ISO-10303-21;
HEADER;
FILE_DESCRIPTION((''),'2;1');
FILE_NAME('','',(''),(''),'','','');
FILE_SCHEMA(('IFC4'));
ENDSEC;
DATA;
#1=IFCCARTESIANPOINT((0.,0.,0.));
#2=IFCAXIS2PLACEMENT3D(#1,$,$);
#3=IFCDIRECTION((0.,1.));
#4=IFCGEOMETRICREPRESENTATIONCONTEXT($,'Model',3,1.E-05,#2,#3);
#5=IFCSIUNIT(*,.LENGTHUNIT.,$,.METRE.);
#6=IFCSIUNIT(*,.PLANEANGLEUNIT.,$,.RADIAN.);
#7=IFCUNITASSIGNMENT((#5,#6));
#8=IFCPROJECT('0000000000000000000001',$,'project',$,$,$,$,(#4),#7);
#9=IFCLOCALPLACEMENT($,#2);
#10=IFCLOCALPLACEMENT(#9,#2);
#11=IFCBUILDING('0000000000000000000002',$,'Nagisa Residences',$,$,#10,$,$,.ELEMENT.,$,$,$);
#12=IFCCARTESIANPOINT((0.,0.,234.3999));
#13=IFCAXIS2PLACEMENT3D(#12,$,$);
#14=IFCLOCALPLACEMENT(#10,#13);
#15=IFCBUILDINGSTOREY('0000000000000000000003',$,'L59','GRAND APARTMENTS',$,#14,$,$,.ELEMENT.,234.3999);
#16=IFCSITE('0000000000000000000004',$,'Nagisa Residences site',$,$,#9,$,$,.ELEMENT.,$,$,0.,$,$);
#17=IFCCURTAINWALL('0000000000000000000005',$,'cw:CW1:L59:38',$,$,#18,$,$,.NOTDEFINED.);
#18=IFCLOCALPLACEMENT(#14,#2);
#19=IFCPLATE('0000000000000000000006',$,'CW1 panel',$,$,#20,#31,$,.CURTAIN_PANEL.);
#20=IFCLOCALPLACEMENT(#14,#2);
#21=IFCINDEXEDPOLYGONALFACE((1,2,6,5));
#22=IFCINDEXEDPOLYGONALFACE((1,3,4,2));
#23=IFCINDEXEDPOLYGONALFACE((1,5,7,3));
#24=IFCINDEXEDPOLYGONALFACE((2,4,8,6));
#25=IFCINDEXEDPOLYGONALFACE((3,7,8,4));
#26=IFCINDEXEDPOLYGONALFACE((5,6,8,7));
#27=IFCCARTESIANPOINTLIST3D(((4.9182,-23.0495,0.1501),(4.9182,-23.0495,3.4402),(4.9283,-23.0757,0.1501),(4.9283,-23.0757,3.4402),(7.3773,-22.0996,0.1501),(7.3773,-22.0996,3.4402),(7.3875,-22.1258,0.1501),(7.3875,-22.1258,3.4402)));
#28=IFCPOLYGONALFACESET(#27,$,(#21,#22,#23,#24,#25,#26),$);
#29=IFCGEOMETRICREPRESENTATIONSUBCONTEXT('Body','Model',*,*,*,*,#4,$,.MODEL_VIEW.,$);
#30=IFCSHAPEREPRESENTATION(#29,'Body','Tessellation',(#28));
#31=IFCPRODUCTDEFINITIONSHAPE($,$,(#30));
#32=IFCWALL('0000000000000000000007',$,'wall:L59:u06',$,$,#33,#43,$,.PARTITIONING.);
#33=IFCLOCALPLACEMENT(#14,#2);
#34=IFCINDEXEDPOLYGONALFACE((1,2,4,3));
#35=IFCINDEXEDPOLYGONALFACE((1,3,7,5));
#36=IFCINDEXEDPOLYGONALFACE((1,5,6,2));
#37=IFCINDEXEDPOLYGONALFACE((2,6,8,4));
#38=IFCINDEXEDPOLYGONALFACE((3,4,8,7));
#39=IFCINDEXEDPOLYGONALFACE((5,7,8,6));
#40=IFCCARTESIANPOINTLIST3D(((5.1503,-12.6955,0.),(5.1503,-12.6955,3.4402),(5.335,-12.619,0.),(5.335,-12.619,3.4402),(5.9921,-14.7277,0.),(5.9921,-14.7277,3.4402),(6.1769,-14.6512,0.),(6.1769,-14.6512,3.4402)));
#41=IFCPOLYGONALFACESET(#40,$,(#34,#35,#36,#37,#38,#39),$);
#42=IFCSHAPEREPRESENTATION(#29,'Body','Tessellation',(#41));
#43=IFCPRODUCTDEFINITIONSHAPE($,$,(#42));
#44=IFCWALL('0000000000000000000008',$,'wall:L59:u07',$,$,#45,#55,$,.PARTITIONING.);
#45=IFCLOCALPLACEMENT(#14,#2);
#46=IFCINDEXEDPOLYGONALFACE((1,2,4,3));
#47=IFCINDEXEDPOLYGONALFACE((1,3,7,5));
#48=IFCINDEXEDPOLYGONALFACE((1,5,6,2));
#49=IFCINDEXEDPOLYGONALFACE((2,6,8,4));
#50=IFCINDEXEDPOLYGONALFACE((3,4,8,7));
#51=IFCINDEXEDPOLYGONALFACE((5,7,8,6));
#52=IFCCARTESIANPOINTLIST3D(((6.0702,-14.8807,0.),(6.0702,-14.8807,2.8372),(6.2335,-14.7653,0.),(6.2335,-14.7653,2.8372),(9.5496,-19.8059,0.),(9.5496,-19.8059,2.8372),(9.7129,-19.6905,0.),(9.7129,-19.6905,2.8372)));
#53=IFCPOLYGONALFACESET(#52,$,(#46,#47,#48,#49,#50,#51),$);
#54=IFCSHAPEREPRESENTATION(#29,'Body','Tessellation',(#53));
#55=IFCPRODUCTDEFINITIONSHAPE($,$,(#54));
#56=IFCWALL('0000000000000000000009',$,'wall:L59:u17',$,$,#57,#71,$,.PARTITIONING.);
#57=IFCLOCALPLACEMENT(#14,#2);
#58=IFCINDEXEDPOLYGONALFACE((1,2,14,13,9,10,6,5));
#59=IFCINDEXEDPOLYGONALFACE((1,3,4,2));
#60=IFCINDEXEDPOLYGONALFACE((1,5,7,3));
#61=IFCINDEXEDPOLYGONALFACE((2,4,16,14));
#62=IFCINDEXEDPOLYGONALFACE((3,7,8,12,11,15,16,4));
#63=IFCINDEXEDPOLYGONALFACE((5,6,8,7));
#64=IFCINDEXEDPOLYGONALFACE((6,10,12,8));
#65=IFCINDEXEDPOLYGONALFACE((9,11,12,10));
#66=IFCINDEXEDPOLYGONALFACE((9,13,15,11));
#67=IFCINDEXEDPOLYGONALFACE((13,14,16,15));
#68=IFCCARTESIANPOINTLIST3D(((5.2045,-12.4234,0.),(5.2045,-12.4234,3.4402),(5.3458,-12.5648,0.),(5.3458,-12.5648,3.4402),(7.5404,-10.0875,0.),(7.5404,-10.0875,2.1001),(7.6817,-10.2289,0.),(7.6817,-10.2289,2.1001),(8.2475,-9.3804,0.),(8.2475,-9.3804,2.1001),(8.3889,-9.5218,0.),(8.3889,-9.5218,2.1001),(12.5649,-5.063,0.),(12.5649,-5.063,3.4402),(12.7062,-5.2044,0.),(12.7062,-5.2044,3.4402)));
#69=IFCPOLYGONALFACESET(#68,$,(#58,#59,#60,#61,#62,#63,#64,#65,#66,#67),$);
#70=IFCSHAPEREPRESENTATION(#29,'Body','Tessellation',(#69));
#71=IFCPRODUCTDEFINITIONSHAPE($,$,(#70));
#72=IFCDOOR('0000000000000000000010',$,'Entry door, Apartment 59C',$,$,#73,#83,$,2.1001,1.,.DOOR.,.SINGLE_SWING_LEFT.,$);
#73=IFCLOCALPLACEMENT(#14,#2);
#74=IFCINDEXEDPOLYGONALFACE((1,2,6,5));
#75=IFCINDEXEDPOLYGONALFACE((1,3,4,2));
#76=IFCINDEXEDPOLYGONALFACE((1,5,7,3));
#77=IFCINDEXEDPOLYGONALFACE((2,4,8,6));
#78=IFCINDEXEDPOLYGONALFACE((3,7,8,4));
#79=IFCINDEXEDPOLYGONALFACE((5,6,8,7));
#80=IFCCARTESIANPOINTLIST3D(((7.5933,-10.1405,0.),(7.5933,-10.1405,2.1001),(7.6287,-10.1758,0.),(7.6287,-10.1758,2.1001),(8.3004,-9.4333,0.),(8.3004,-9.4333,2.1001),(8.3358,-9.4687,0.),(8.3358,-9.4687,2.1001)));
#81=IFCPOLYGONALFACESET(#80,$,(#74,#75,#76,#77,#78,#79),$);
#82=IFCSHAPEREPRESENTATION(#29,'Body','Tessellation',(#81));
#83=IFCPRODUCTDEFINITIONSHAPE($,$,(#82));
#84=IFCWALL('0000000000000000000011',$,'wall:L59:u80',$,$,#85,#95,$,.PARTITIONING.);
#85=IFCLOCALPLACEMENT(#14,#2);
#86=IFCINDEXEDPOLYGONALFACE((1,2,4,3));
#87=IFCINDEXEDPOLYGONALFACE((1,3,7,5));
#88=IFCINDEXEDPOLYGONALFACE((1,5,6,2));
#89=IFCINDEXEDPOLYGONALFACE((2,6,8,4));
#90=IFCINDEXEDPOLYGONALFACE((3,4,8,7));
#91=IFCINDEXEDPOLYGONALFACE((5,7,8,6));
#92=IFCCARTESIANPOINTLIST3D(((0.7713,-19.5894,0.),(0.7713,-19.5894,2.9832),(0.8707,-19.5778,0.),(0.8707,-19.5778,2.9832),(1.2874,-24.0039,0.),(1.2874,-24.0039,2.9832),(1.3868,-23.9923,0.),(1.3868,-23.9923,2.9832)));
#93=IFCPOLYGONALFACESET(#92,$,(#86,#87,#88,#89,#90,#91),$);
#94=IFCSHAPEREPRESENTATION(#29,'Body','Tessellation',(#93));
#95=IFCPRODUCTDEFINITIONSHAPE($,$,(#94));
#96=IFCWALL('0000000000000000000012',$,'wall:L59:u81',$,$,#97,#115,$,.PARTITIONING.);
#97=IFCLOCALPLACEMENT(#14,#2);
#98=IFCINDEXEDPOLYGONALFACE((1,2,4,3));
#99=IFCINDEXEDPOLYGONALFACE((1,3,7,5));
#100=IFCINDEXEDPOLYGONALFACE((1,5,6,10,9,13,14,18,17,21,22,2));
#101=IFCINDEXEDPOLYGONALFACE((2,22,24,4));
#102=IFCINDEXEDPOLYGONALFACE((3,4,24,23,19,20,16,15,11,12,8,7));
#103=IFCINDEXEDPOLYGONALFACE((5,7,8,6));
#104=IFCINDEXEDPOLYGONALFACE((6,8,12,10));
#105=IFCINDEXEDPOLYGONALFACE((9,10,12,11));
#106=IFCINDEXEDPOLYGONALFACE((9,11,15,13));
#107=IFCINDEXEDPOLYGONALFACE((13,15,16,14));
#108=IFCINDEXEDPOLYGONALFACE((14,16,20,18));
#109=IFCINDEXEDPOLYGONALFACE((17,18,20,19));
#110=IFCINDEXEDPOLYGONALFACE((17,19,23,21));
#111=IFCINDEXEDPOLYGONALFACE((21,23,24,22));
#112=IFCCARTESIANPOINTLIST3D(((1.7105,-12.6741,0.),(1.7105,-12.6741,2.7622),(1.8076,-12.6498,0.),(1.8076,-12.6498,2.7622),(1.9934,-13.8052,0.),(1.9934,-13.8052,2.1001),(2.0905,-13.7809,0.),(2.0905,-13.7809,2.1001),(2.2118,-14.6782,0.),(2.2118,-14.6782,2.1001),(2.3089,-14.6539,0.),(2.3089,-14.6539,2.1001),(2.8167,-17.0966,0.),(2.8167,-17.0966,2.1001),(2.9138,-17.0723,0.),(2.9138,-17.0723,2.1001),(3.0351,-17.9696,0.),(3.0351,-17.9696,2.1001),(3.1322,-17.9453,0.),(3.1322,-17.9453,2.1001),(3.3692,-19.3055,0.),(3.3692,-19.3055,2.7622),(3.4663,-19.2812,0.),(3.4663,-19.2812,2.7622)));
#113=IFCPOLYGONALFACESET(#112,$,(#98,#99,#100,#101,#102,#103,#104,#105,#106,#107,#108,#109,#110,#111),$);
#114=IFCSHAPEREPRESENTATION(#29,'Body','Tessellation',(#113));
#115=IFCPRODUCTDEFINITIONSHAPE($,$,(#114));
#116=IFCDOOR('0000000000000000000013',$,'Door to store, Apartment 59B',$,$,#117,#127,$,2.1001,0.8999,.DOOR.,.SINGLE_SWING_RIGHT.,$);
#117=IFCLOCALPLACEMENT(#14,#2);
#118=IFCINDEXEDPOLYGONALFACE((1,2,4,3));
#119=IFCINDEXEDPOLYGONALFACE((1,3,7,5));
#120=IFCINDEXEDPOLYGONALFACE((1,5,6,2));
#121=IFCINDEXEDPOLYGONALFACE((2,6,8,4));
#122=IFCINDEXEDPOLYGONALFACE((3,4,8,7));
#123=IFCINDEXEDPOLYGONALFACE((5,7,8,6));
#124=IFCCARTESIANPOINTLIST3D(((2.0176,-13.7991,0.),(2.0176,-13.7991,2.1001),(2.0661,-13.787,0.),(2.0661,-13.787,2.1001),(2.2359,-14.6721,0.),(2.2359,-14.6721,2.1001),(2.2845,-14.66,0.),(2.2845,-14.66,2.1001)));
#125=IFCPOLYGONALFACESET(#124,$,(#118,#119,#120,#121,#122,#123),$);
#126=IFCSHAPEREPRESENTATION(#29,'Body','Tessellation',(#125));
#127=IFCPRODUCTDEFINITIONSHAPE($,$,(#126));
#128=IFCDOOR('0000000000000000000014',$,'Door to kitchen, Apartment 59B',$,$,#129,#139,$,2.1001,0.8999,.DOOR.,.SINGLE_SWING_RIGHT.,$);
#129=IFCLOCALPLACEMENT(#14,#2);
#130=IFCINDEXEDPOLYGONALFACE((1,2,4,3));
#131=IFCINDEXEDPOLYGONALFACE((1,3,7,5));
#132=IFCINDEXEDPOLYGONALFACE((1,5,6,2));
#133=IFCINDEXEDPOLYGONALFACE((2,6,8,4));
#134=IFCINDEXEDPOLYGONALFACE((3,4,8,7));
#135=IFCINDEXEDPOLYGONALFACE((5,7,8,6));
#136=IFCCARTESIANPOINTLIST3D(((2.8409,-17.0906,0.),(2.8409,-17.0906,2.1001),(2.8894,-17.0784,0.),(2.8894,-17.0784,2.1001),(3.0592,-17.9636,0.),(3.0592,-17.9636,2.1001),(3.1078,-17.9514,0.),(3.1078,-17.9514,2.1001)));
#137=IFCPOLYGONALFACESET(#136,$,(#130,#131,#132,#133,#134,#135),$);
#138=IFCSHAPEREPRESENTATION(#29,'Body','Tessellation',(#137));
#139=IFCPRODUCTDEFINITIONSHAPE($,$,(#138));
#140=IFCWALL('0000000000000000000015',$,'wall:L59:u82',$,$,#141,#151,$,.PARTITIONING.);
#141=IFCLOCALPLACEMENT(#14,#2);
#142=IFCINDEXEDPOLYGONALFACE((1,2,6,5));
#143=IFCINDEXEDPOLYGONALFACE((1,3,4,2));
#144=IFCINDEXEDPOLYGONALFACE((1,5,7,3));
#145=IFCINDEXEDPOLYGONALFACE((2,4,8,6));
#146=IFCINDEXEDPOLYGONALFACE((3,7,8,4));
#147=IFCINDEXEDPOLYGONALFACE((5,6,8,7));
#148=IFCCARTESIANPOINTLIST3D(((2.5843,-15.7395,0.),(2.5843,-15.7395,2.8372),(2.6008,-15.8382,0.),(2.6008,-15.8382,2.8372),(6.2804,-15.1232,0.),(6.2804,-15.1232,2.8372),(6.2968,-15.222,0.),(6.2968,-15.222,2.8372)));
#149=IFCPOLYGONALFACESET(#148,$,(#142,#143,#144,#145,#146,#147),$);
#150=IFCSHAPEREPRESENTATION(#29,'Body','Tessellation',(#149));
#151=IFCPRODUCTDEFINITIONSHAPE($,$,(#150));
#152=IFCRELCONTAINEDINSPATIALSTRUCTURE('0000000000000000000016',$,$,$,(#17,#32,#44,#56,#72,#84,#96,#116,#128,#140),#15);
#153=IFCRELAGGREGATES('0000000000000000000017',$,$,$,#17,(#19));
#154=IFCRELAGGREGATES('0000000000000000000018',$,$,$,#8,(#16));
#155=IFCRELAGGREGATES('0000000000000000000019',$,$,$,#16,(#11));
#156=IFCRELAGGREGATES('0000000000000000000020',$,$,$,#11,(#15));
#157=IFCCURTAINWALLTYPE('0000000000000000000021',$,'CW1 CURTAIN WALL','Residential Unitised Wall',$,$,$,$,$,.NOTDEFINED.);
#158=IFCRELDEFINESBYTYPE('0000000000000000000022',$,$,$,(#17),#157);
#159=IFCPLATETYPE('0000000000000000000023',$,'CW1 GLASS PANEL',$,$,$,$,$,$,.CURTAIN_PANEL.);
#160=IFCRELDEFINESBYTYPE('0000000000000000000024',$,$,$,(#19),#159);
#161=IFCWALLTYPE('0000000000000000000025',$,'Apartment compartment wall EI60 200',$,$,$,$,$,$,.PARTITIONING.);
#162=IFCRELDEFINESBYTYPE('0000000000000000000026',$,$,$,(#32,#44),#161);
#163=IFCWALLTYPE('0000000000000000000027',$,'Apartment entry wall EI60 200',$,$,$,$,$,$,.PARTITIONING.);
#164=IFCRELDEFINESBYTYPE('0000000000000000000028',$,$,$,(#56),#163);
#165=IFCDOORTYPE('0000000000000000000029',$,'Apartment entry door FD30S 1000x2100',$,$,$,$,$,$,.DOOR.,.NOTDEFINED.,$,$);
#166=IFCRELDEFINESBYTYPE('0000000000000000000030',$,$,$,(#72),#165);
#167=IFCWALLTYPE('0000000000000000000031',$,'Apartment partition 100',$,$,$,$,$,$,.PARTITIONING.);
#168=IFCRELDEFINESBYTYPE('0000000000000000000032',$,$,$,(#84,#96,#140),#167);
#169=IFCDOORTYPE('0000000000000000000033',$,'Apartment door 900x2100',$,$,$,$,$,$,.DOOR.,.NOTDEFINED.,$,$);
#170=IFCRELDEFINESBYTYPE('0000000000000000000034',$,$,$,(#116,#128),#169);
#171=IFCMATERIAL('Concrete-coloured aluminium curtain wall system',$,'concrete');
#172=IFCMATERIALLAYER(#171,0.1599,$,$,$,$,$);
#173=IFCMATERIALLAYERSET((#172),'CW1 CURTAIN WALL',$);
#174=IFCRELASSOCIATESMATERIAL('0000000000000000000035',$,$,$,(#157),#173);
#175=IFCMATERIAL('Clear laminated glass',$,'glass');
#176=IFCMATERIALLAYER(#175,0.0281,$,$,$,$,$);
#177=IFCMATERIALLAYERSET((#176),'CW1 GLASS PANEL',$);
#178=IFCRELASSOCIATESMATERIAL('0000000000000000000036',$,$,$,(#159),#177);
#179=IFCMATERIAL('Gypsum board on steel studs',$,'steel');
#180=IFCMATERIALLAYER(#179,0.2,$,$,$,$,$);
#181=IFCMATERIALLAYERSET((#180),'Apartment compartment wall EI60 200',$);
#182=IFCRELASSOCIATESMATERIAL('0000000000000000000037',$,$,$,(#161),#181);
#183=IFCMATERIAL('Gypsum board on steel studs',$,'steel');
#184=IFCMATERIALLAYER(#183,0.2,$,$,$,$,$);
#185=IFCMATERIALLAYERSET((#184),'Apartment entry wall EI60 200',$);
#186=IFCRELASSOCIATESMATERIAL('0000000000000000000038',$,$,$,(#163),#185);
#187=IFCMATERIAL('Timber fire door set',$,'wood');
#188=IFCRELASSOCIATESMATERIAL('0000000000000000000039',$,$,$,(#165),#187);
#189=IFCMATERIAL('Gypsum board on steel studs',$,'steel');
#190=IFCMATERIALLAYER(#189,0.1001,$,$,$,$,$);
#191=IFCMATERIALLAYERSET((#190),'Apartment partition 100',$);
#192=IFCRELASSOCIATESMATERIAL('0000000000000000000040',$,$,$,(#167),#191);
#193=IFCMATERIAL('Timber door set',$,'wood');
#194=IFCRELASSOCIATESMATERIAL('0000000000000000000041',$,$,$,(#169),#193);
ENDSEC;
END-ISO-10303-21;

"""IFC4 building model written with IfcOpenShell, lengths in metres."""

from ifc_helpers import new_model, si_unit, direction, frame, frame_2d, origin, origin_2d, place, context, subcontext, project, spatial, rectangle, extrude, material, layer, layer_set, type_object, element, fill, aggregate, save


model = new_model("IFC4")

# Units and contexts
model_context = context("Model", 3, precision=1e-05, world=origin(), true_north=direction((0.0, 1.0)))
body_context = subcontext(model_context, "Body", "Model", "MODEL_VIEW")
ifc_project = project(units=[si_unit("LENGTHUNIT", "METRE"), si_unit("PLANEANGLEUNIT", "RADIAN")], contexts=[model_context])

# Site, building, storey
site_placement = place(None, origin())
site = spatial("IfcSite", under=ifc_project, at=site_placement, Name="Nagisa Residences site", CompositionType="ELEMENT", RefElevation=0.0)
building_placement = place(site_placement, origin())
building = spatial("IfcBuilding", under=site, at=building_placement, Name="Nagisa Residences", CompositionType="ELEMENT")
storey_placement = place(building_placement, frame((0.0, 0.0, 234.3999)))
storey = spatial("IfcBuildingStorey", under=building, at=storey_placement, Name="L59", Description="GRAND APARTMENTS", CompositionType="ELEMENT", Elevation=234.3999)

# Curtain wall
ifc_material_1 = material(Name="Concrete-coloured aluminium curtain wall system", Category="concrete")
ifc_layer_1 = layer(ifc_material_1, 0.1599)
ifc_layer_set_1 = layer_set([ifc_layer_1], Name="CW1 CURTAIN WALL")
curtain_wall_type = type_object("IfcCurtainWallType", Name="CW1 CURTAIN WALL", Description="Residential Unitised Wall", PredefinedType="NOTDEFINED", material=ifc_layer_set_1)
curtain_wall_1_placement = place(storey_placement, origin())
curtain_wall_1 = element("IfcCurtainWall", 1, at=curtain_wall_1_placement, inside=storey, type_object=curtain_wall_type, Name="cw:CW1:L59:38", PredefinedType="NOTDEFINED")

# Shared definitions
ifc_material_2 = material(Name="Clear laminated glass", Category="glass")
ifc_layer_2 = layer(ifc_material_2, 0.0281)
ifc_layer_set_2 = layer_set([ifc_layer_2], Name="CW1 GLASS PANEL")
plate_type = type_object("IfcPlateType", Name="CW1 GLASS PANEL", PredefinedType="CURTAIN_PANEL", material=ifc_layer_set_2)

# Plate
plate_1_placement = place(storey_placement, frame((6.1528, -22.5876, 0.1501), z_axis=(0.0, 0.0, 1.0), x_axis=(0.932826, 0.360328, 0.0)))
plate_1 = element("IfcPlate", 2, at=plate_1_placement, type_object=plate_type, Name="CW1 panel", PredefinedType="CURTAIN_PANEL", context=body_context, shape_type="SweptSolid", body=[
    extrude(rectangle(XDim=2.6362, YDim=0.0281, at=origin_2d()), origin(), (0.0, 0.0, 1.0), 3.29),
])
aggregate(curtain_wall_1, [plate_1])

# Walls
ifc_material_3 = material(Name="Gypsum board on steel studs", Category="steel")
ifc_layer_3 = layer(ifc_material_3, 0.2)
ifc_layer_set_3 = layer_set([ifc_layer_3], Name="Apartment compartment wall EI60 200")
wall_type_1 = type_object("IfcWallType", Name="Apartment compartment wall EI60 200", PredefinedType="PARTITIONING", material=ifc_layer_set_3)
wall_1_placement = place(storey_placement, frame((5.2427, -12.6572, 0.0), z_axis=(0.0, 0.0, 1.0), x_axis=(0.382692, -0.923876, 0.0)))
element("IfcWall", 3, at=wall_1_placement, inside=storey, type_object=wall_type_1, Name="wall:L59:u06", PredefinedType="PARTITIONING", context=body_context, shape_type="SweptSolid", body=[
    extrude(rectangle(XDim=2.1997, YDim=0.2, at=frame_2d((1.0999, 0.0))), origin(), (0.0, 0.0, 1.0), 3.4402),
])
wall_2_placement = place(storey_placement, frame((6.1519, -14.823, 0.0), z_axis=(0.0, 0.0, 1.0), x_axis=(0.576995, -0.816748, 0.0)))
element("IfcWall", 4, at=wall_2_placement, inside=storey, type_object=wall_type_1, Name="wall:L59:u07", PredefinedType="PARTITIONING", context=body_context, shape_type="SweptSolid", body=[
    extrude(rectangle(XDim=6.0303, YDim=0.2, at=frame_2d((3.0151, 0.0))), origin(), (0.0, 0.0, 1.0), 2.8372),
])

# Wall, opening, door
ifc_material_4 = material(Name="Gypsum board on steel studs", Category="steel")
ifc_layer_4 = layer(ifc_material_4, 0.2)
ifc_layer_set_4 = layer_set([ifc_layer_4], Name="Apartment entry wall EI60 200")
wall_type_2 = type_object("IfcWallType", Name="Apartment entry wall EI60 200", PredefinedType="PARTITIONING", material=ifc_layer_set_4)
wall_3_placement = place(storey_placement, frame((5.2751, -12.4941, 0.0), z_axis=(0.0, 0.0, 1.0), x_axis=(0.707107, 0.707107, 0.0)))
wall_3 = element("IfcWall", 5, at=wall_3_placement, inside=storey, type_object=wall_type_2, Name="wall:L59:u17", PredefinedType="PARTITIONING", context=body_context, shape_type="SweptSolid", body=[
    extrude(rectangle(XDim=10.4092, YDim=0.2, at=frame_2d((5.2046, 0.0))), origin(), (0.0, 0.0, 1.0), 3.4402),
])
opening_1_placement = place(wall_3_placement, frame((3.3035, 0.0, 0.0)))
opening_1 = element("IfcOpeningElement", 6, at=opening_1_placement, cuts=wall_3, PredefinedType="OPENING", context=body_context, shape_type="SweptSolid", body=[
    extrude(rectangle(XDim=1.0, YDim=2.1001, at=frame_2d((0.5, 1.05))), frame((0.0, 0.1099, 0.0), z_axis=(0.0, -1.0, 0.0), x_axis=(1.0, 0.0, 0.0)), (0.0, 0.0, 1.0), 0.22),
])
ifc_material_5 = material(Name="Timber fire door set", Category="wood")
door_type_1 = type_object("IfcDoorType", Name="Apartment entry door FD30S 1000x2100", OperationType="NOTDEFINED", PredefinedType="DOOR", material=ifc_material_5)
door_1_placement = place(opening_1_placement, frame((1.0, 0.0, 0.0), x_axis=(-1.0, 0.0, 0.0)))
door_1 = element("IfcDoor", 7, at=door_1_placement, inside=storey, type_object=door_type_1, Name="Entry door, Apartment 59C", OperationType="SINGLE_SWING_LEFT", OverallHeight=2.1001, OverallWidth=1.0, PredefinedType="DOOR", context=body_context, shape_type="SweptSolid", body=[
    extrude(rectangle(XDim=1.0, YDim=2.1001, at=frame_2d((0.5, 1.05))), frame((0.0, 0.0249, 0.0), z_axis=(0.0, -1.0, 0.0), x_axis=(1.0, 0.0, 0.0)), (0.0, 0.0, 1.0), 0.05),
])
fill(opening_1, door_1)

# Wall
ifc_material_6 = material(Name="Gypsum board on steel studs", Category="steel")
ifc_layer_5 = layer(ifc_material_6, 0.1001)
ifc_layer_set_5 = layer_set([ifc_layer_5], Name="Apartment partition 100")
wall_type_3 = type_object("IfcWallType", Name="Apartment partition 100", PredefinedType="PARTITIONING", material=ifc_layer_set_5)
wall_4_placement = place(storey_placement, frame((0.821, -19.5837, 0.0), z_axis=(0.0, 0.0, 1.0), x_axis=(0.116121, -0.993235, 0.0)))
element("IfcWall", 8, at=wall_4_placement, inside=storey, type_object=wall_type_3, Name="wall:L59:u80", PredefinedType="PARTITIONING", context=body_context, shape_type="SweptSolid", body=[
    extrude(rectangle(XDim=4.4446, YDim=0.1001, at=frame_2d((2.2222, 0.0))), origin(), (0.0, 0.0, 1.0), 2.9832),
])

# Wall, openings, doors
wall_5_placement = place(storey_placement, frame((1.759, -12.6619, 0.0), z_axis=(0.0, 0.0, 1.0), x_axis=(0.242653, -0.970113, 0.0)))
wall_5 = element("IfcWall", 9, at=wall_5_placement, inside=storey, type_object=wall_type_3, Name="wall:L59:u81", PredefinedType="PARTITIONING", context=body_context, shape_type="SweptSolid", body=[
    extrude(rectangle(XDim=6.8357, YDim=0.1001, at=frame_2d((3.418, 0.0))), origin(), (0.0, 0.0, 1.0), 2.7622),
])
opening_2_placement = place(wall_5_placement, frame((1.166, 0.0, 0.0)))
opening_2 = element("IfcOpeningElement", 10, at=opening_2_placement, cuts=wall_5, PredefinedType="OPENING", context=body_context, shape_type="SweptSolid", body=[
    extrude(rectangle(XDim=0.8999, YDim=2.1001, at=frame_2d((0.45, 1.05))), frame((0.0, 0.0601, 0.0), z_axis=(0.0, -1.0, 0.0), x_axis=(1.0, 0.0, 0.0)), (0.0, 0.0, 1.0), 0.1201),
])
opening_3_placement = place(wall_5_placement, frame((4.5588, 0.0, 0.0)))
opening_3 = element("IfcOpeningElement", 11, at=opening_3_placement, cuts=wall_5, PredefinedType="OPENING", context=body_context, shape_type="SweptSolid", body=[
    extrude(rectangle(XDim=0.8999, YDim=2.1001, at=frame_2d((0.45, 1.05))), frame((0.0, 0.0601, 0.0), z_axis=(0.0, -1.0, 0.0), x_axis=(1.0, 0.0, 0.0)), (0.0, 0.0, 1.0), 0.1201),
])
ifc_material_7 = material(Name="Timber door set", Category="wood")
door_type_2 = type_object("IfcDoorType", Name="Apartment door 900x2100", OperationType="NOTDEFINED", PredefinedType="DOOR", material=ifc_material_7)
door_2_placement = place(opening_2_placement, origin())
door_2 = element("IfcDoor", 12, at=door_2_placement, inside=storey, type_object=door_type_2, Name="Door to store, Apartment 59B", OperationType="SINGLE_SWING_RIGHT", OverallHeight=2.1001, OverallWidth=0.8999, PredefinedType="DOOR", context=body_context, shape_type="SweptSolid", body=[
    extrude(rectangle(XDim=0.8999, YDim=2.1001, at=frame_2d((0.45, 1.05))), frame((0.0, 0.0249, 0.0), z_axis=(0.0, -1.0, 0.0), x_axis=(1.0, 0.0, 0.0)), (0.0, 0.0, 1.0), 0.05),
])
fill(opening_2, door_2)
door_3_placement = place(opening_3_placement, origin())
door_3 = element("IfcDoor", 13, at=door_3_placement, inside=storey, type_object=door_type_2, Name="Door to kitchen, Apartment 59B", OperationType="SINGLE_SWING_RIGHT", OverallHeight=2.1001, OverallWidth=0.8999, PredefinedType="DOOR", context=body_context, shape_type="SweptSolid", body=[
    extrude(rectangle(XDim=0.8999, YDim=2.1001, at=frame_2d((0.45, 1.05))), frame((0.0, 0.0249, 0.0), z_axis=(0.0, -1.0, 0.0), x_axis=(1.0, 0.0, 0.0)), (0.0, 0.0, 1.0), 0.05),
])
fill(opening_3, door_3)

# Wall
wall_6_placement = place(storey_placement, frame((2.5925, -15.7888, 0.0), z_axis=(0.0, 0.0, 1.0), x_axis=(0.986385, 0.164452, 0.0)))
element("IfcWall", 14, at=wall_6_placement, inside=storey, type_object=wall_type_3, Name="wall:L59:u82", PredefinedType="PARTITIONING", context=body_context, shape_type="SweptSolid", body=[
    extrude(rectangle(XDim=3.7471, YDim=0.1001, at=frame_2d((1.8735, 0.0))), origin(), (0.0, 0.0, 1.0), 2.8372),
])

save(model, "model.ifc")
